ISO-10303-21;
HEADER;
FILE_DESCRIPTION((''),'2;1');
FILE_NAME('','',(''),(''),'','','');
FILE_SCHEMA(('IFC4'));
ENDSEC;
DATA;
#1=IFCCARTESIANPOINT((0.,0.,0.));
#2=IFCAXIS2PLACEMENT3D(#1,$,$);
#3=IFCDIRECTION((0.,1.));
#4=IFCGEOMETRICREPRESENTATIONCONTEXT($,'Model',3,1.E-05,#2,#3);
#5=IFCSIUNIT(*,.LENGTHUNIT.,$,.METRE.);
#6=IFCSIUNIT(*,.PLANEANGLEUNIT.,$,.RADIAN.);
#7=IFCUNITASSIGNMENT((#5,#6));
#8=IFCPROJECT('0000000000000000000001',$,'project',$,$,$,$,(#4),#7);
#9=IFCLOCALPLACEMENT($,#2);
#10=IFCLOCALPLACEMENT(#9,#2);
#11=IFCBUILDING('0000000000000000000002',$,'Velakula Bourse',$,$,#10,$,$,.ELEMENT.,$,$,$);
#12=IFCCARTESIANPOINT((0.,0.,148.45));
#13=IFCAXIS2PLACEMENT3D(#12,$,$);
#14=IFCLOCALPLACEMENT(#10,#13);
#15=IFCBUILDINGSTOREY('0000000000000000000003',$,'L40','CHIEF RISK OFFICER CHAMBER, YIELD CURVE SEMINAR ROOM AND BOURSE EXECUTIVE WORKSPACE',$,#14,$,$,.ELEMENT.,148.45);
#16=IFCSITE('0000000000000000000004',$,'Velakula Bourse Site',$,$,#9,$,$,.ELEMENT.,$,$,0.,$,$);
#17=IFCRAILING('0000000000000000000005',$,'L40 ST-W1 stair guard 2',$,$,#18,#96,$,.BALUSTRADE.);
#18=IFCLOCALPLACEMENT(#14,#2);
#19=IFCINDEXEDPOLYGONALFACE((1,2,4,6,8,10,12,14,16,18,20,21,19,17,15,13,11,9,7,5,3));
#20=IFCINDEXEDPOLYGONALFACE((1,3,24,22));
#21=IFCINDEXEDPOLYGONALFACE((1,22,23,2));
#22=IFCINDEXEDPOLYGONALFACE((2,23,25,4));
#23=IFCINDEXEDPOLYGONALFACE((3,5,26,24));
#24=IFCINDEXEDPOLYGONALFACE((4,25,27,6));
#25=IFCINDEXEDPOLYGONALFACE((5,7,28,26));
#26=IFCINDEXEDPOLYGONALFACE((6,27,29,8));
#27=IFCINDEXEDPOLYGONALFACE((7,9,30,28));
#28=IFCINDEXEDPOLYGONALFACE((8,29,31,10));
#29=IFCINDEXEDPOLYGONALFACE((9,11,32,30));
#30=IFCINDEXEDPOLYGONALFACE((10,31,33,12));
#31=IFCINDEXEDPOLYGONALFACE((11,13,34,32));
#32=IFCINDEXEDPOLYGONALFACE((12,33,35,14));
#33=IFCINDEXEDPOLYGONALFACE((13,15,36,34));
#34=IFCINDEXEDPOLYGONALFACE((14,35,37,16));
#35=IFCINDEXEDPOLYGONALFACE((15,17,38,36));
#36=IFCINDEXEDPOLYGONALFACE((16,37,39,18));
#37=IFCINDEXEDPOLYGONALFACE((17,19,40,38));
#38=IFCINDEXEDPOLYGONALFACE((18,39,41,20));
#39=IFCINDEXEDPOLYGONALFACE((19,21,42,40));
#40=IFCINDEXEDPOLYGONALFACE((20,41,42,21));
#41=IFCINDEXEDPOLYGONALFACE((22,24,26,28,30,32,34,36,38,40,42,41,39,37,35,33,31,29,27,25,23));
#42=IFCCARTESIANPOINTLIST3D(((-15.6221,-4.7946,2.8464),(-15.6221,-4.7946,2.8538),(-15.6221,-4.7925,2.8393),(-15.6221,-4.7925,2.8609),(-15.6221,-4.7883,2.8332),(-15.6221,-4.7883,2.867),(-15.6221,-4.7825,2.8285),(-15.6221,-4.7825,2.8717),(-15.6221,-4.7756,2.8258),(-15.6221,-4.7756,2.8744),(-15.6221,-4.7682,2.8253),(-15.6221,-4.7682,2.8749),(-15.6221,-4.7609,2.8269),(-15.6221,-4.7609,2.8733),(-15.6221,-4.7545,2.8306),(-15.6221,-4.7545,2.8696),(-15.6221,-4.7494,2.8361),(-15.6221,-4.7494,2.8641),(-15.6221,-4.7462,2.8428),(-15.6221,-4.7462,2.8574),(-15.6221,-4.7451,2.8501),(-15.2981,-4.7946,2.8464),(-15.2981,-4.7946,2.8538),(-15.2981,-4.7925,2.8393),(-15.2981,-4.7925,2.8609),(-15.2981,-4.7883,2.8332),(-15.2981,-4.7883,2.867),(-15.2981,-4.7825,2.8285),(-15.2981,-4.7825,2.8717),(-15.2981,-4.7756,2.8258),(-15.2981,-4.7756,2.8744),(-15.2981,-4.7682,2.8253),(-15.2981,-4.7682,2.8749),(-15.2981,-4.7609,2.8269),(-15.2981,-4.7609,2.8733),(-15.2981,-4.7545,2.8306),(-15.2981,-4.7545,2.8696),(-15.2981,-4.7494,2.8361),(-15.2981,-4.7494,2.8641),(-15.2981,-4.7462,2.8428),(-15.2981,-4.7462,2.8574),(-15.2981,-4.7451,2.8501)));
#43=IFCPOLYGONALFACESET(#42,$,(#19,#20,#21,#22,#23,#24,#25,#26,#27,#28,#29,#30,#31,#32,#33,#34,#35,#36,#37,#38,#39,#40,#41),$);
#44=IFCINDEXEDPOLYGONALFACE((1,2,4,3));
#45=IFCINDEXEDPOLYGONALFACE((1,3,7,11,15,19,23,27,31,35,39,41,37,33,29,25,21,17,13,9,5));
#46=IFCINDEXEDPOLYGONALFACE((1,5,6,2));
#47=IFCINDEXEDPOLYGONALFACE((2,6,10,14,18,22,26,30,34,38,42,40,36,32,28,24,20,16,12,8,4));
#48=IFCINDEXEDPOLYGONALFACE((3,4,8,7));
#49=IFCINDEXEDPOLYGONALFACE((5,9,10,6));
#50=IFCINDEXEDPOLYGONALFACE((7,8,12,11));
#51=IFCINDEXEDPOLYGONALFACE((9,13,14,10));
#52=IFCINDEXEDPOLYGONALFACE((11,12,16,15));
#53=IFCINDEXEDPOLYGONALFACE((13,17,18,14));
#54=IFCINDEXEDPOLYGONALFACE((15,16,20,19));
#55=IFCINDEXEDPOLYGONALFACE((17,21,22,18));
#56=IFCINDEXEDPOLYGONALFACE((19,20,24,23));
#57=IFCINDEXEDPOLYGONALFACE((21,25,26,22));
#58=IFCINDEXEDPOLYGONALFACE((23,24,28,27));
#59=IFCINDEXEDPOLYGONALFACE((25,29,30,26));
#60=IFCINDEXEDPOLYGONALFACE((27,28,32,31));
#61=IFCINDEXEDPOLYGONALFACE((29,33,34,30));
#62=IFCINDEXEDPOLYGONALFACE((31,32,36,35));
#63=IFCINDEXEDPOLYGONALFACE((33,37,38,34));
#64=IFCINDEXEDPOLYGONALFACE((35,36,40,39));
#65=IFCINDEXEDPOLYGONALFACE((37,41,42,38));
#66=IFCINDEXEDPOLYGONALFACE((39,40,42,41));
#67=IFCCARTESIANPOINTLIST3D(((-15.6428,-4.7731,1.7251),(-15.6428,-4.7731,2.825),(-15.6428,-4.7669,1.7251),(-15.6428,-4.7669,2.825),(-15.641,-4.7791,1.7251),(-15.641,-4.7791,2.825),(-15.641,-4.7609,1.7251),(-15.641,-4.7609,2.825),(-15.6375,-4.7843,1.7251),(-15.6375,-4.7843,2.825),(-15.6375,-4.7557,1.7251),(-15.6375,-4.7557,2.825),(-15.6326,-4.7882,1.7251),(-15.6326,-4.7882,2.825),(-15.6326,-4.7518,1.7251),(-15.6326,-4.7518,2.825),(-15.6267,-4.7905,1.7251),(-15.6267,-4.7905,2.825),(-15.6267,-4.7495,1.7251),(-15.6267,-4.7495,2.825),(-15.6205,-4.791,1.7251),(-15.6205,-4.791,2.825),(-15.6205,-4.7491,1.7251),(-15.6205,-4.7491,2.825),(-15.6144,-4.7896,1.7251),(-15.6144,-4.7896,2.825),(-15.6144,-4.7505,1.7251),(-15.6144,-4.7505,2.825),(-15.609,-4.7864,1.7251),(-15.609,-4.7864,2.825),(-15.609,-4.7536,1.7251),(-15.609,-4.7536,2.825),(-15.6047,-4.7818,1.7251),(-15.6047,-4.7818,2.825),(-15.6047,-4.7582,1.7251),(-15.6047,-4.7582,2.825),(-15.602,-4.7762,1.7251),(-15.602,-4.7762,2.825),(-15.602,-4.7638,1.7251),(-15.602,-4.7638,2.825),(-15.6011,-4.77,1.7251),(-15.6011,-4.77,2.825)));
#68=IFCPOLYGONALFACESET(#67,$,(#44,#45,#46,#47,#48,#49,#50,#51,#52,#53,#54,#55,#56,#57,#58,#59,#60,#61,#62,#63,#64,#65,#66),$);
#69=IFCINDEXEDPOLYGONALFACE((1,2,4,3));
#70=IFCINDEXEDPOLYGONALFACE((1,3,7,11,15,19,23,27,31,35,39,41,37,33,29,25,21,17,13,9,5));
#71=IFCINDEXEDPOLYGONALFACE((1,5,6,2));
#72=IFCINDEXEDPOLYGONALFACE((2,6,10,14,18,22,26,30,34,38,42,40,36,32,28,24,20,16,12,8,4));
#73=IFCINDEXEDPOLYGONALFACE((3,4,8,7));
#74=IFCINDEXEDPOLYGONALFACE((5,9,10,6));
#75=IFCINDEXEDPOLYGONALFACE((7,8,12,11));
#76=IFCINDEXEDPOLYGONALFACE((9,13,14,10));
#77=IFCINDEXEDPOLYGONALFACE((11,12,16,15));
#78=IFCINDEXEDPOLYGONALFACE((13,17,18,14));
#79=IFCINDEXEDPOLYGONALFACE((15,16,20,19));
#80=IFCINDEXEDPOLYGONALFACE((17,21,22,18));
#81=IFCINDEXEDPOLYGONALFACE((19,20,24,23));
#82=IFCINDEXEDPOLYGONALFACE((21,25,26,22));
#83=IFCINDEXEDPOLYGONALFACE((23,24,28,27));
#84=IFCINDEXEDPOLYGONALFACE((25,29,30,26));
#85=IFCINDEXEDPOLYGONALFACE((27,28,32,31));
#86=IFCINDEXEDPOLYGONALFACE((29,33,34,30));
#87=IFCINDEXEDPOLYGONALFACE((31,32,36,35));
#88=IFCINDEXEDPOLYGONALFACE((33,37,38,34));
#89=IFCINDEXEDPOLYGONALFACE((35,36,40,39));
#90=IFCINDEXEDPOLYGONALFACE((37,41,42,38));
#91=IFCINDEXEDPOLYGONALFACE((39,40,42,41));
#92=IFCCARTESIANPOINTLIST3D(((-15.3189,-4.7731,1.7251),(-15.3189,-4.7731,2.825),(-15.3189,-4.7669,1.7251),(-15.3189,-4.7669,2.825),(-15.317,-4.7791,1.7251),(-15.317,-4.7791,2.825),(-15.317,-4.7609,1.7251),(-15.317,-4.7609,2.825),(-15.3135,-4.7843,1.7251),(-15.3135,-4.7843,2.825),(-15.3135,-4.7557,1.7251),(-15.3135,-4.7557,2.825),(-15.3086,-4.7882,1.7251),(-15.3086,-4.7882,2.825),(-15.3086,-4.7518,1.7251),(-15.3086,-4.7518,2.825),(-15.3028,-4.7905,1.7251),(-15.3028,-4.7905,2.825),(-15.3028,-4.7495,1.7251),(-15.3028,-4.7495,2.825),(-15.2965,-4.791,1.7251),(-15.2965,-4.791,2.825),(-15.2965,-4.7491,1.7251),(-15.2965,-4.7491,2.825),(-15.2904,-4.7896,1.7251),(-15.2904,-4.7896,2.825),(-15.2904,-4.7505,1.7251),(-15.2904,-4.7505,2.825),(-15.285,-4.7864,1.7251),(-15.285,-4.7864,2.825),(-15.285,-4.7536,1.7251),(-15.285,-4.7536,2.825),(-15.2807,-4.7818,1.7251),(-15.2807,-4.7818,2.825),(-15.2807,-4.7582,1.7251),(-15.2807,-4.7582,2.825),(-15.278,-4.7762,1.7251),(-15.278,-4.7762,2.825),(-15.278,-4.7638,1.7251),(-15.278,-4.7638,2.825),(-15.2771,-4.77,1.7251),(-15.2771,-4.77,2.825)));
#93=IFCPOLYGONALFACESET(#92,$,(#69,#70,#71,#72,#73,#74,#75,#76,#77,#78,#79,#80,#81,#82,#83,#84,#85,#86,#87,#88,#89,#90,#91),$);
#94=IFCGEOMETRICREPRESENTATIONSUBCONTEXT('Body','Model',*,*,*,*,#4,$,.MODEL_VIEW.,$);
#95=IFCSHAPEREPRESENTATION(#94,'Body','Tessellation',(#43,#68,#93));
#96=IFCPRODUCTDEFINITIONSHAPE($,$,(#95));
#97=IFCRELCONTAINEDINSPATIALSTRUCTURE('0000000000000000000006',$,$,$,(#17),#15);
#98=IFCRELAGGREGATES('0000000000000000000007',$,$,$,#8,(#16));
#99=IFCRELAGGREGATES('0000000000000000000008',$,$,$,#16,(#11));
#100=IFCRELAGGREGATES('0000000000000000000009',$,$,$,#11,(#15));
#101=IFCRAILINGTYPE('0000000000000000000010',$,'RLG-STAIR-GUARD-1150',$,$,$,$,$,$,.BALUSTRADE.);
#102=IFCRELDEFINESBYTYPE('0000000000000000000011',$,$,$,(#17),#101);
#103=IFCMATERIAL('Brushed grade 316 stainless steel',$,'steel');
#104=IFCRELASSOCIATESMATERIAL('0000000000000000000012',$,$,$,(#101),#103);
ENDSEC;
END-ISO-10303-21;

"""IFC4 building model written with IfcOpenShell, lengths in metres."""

from ifc_helpers import new_model, si_unit, direction, frame, origin, origin_2d, place, context, subcontext, project, spatial, circle, extrude, material, type_object, element, save


model = new_model("IFC4")

# Units and contexts
model_context = context("Model", 3, precision=1e-05, world=origin(), true_north=direction((0.0, 1.0)))
body_context = subcontext(model_context, "Body", "Model", "MODEL_VIEW")
ifc_project = project(units=[si_unit("LENGTHUNIT", "METRE"), si_unit("PLANEANGLEUNIT", "RADIAN")], contexts=[model_context])

# Site, building, storey
site_placement = place(None, origin())
site = spatial("IfcSite", under=ifc_project, at=site_placement, Name="Velakula Bourse Site", CompositionType="ELEMENT", RefElevation=0.0)
building_placement = place(site_placement, origin())
building = spatial("IfcBuilding", under=site, at=building_placement, Name="Velakula Bourse", CompositionType="ELEMENT")
storey_placement = place(building_placement, frame((0.0, 0.0, 148.45)))
storey = spatial("IfcBuildingStorey", under=building, at=storey_placement, Name="L40", Description="CHIEF RISK OFFICER CHAMBER, YIELD CURVE SEMINAR ROOM AND BOURSE EXECUTIVE WORKSPACE", CompositionType="ELEMENT", Elevation=148.45)

# Shared definitions
ifc_material_1 = material(Name="Brushed grade 316 stainless steel", Category="steel")

# Railing
railing_type_1 = type_object("IfcRailingType", Name="RLG-STAIR-GUARD-1150", PredefinedType="BALUSTRADE", material=ifc_material_1)
railing_1_placement = place(storey_placement, frame((-15.6221, -4.77, 1.7251)))
element("IfcRailing", 1, at=railing_1_placement, inside=storey, type_object=railing_type_1, Name="L40 ST-W1 stair guard 2", PredefinedType="BALUSTRADE", context=body_context, shape_type="SweptSolid", body=[
    extrude(circle(Radius=0.0249, at=origin_2d()), frame((0.0, 0.0, 1.125), z_axis=(1.0, 0.0, 0.0), x_axis=(0.0, 1.0, 0.0)), (0.0, 0.0, 1.0), 0.324),
    extrude(circle(Radius=0.021, at=origin_2d()), origin(), (0.0, 0.0, 1.0), 1.0999),
    extrude(circle(Radius=0.021, at=origin_2d()), frame((0.324, 0.0, 0.0)), (0.0, 0.0, 1.0), 1.0999),
])

save(model, "model.ifc")
